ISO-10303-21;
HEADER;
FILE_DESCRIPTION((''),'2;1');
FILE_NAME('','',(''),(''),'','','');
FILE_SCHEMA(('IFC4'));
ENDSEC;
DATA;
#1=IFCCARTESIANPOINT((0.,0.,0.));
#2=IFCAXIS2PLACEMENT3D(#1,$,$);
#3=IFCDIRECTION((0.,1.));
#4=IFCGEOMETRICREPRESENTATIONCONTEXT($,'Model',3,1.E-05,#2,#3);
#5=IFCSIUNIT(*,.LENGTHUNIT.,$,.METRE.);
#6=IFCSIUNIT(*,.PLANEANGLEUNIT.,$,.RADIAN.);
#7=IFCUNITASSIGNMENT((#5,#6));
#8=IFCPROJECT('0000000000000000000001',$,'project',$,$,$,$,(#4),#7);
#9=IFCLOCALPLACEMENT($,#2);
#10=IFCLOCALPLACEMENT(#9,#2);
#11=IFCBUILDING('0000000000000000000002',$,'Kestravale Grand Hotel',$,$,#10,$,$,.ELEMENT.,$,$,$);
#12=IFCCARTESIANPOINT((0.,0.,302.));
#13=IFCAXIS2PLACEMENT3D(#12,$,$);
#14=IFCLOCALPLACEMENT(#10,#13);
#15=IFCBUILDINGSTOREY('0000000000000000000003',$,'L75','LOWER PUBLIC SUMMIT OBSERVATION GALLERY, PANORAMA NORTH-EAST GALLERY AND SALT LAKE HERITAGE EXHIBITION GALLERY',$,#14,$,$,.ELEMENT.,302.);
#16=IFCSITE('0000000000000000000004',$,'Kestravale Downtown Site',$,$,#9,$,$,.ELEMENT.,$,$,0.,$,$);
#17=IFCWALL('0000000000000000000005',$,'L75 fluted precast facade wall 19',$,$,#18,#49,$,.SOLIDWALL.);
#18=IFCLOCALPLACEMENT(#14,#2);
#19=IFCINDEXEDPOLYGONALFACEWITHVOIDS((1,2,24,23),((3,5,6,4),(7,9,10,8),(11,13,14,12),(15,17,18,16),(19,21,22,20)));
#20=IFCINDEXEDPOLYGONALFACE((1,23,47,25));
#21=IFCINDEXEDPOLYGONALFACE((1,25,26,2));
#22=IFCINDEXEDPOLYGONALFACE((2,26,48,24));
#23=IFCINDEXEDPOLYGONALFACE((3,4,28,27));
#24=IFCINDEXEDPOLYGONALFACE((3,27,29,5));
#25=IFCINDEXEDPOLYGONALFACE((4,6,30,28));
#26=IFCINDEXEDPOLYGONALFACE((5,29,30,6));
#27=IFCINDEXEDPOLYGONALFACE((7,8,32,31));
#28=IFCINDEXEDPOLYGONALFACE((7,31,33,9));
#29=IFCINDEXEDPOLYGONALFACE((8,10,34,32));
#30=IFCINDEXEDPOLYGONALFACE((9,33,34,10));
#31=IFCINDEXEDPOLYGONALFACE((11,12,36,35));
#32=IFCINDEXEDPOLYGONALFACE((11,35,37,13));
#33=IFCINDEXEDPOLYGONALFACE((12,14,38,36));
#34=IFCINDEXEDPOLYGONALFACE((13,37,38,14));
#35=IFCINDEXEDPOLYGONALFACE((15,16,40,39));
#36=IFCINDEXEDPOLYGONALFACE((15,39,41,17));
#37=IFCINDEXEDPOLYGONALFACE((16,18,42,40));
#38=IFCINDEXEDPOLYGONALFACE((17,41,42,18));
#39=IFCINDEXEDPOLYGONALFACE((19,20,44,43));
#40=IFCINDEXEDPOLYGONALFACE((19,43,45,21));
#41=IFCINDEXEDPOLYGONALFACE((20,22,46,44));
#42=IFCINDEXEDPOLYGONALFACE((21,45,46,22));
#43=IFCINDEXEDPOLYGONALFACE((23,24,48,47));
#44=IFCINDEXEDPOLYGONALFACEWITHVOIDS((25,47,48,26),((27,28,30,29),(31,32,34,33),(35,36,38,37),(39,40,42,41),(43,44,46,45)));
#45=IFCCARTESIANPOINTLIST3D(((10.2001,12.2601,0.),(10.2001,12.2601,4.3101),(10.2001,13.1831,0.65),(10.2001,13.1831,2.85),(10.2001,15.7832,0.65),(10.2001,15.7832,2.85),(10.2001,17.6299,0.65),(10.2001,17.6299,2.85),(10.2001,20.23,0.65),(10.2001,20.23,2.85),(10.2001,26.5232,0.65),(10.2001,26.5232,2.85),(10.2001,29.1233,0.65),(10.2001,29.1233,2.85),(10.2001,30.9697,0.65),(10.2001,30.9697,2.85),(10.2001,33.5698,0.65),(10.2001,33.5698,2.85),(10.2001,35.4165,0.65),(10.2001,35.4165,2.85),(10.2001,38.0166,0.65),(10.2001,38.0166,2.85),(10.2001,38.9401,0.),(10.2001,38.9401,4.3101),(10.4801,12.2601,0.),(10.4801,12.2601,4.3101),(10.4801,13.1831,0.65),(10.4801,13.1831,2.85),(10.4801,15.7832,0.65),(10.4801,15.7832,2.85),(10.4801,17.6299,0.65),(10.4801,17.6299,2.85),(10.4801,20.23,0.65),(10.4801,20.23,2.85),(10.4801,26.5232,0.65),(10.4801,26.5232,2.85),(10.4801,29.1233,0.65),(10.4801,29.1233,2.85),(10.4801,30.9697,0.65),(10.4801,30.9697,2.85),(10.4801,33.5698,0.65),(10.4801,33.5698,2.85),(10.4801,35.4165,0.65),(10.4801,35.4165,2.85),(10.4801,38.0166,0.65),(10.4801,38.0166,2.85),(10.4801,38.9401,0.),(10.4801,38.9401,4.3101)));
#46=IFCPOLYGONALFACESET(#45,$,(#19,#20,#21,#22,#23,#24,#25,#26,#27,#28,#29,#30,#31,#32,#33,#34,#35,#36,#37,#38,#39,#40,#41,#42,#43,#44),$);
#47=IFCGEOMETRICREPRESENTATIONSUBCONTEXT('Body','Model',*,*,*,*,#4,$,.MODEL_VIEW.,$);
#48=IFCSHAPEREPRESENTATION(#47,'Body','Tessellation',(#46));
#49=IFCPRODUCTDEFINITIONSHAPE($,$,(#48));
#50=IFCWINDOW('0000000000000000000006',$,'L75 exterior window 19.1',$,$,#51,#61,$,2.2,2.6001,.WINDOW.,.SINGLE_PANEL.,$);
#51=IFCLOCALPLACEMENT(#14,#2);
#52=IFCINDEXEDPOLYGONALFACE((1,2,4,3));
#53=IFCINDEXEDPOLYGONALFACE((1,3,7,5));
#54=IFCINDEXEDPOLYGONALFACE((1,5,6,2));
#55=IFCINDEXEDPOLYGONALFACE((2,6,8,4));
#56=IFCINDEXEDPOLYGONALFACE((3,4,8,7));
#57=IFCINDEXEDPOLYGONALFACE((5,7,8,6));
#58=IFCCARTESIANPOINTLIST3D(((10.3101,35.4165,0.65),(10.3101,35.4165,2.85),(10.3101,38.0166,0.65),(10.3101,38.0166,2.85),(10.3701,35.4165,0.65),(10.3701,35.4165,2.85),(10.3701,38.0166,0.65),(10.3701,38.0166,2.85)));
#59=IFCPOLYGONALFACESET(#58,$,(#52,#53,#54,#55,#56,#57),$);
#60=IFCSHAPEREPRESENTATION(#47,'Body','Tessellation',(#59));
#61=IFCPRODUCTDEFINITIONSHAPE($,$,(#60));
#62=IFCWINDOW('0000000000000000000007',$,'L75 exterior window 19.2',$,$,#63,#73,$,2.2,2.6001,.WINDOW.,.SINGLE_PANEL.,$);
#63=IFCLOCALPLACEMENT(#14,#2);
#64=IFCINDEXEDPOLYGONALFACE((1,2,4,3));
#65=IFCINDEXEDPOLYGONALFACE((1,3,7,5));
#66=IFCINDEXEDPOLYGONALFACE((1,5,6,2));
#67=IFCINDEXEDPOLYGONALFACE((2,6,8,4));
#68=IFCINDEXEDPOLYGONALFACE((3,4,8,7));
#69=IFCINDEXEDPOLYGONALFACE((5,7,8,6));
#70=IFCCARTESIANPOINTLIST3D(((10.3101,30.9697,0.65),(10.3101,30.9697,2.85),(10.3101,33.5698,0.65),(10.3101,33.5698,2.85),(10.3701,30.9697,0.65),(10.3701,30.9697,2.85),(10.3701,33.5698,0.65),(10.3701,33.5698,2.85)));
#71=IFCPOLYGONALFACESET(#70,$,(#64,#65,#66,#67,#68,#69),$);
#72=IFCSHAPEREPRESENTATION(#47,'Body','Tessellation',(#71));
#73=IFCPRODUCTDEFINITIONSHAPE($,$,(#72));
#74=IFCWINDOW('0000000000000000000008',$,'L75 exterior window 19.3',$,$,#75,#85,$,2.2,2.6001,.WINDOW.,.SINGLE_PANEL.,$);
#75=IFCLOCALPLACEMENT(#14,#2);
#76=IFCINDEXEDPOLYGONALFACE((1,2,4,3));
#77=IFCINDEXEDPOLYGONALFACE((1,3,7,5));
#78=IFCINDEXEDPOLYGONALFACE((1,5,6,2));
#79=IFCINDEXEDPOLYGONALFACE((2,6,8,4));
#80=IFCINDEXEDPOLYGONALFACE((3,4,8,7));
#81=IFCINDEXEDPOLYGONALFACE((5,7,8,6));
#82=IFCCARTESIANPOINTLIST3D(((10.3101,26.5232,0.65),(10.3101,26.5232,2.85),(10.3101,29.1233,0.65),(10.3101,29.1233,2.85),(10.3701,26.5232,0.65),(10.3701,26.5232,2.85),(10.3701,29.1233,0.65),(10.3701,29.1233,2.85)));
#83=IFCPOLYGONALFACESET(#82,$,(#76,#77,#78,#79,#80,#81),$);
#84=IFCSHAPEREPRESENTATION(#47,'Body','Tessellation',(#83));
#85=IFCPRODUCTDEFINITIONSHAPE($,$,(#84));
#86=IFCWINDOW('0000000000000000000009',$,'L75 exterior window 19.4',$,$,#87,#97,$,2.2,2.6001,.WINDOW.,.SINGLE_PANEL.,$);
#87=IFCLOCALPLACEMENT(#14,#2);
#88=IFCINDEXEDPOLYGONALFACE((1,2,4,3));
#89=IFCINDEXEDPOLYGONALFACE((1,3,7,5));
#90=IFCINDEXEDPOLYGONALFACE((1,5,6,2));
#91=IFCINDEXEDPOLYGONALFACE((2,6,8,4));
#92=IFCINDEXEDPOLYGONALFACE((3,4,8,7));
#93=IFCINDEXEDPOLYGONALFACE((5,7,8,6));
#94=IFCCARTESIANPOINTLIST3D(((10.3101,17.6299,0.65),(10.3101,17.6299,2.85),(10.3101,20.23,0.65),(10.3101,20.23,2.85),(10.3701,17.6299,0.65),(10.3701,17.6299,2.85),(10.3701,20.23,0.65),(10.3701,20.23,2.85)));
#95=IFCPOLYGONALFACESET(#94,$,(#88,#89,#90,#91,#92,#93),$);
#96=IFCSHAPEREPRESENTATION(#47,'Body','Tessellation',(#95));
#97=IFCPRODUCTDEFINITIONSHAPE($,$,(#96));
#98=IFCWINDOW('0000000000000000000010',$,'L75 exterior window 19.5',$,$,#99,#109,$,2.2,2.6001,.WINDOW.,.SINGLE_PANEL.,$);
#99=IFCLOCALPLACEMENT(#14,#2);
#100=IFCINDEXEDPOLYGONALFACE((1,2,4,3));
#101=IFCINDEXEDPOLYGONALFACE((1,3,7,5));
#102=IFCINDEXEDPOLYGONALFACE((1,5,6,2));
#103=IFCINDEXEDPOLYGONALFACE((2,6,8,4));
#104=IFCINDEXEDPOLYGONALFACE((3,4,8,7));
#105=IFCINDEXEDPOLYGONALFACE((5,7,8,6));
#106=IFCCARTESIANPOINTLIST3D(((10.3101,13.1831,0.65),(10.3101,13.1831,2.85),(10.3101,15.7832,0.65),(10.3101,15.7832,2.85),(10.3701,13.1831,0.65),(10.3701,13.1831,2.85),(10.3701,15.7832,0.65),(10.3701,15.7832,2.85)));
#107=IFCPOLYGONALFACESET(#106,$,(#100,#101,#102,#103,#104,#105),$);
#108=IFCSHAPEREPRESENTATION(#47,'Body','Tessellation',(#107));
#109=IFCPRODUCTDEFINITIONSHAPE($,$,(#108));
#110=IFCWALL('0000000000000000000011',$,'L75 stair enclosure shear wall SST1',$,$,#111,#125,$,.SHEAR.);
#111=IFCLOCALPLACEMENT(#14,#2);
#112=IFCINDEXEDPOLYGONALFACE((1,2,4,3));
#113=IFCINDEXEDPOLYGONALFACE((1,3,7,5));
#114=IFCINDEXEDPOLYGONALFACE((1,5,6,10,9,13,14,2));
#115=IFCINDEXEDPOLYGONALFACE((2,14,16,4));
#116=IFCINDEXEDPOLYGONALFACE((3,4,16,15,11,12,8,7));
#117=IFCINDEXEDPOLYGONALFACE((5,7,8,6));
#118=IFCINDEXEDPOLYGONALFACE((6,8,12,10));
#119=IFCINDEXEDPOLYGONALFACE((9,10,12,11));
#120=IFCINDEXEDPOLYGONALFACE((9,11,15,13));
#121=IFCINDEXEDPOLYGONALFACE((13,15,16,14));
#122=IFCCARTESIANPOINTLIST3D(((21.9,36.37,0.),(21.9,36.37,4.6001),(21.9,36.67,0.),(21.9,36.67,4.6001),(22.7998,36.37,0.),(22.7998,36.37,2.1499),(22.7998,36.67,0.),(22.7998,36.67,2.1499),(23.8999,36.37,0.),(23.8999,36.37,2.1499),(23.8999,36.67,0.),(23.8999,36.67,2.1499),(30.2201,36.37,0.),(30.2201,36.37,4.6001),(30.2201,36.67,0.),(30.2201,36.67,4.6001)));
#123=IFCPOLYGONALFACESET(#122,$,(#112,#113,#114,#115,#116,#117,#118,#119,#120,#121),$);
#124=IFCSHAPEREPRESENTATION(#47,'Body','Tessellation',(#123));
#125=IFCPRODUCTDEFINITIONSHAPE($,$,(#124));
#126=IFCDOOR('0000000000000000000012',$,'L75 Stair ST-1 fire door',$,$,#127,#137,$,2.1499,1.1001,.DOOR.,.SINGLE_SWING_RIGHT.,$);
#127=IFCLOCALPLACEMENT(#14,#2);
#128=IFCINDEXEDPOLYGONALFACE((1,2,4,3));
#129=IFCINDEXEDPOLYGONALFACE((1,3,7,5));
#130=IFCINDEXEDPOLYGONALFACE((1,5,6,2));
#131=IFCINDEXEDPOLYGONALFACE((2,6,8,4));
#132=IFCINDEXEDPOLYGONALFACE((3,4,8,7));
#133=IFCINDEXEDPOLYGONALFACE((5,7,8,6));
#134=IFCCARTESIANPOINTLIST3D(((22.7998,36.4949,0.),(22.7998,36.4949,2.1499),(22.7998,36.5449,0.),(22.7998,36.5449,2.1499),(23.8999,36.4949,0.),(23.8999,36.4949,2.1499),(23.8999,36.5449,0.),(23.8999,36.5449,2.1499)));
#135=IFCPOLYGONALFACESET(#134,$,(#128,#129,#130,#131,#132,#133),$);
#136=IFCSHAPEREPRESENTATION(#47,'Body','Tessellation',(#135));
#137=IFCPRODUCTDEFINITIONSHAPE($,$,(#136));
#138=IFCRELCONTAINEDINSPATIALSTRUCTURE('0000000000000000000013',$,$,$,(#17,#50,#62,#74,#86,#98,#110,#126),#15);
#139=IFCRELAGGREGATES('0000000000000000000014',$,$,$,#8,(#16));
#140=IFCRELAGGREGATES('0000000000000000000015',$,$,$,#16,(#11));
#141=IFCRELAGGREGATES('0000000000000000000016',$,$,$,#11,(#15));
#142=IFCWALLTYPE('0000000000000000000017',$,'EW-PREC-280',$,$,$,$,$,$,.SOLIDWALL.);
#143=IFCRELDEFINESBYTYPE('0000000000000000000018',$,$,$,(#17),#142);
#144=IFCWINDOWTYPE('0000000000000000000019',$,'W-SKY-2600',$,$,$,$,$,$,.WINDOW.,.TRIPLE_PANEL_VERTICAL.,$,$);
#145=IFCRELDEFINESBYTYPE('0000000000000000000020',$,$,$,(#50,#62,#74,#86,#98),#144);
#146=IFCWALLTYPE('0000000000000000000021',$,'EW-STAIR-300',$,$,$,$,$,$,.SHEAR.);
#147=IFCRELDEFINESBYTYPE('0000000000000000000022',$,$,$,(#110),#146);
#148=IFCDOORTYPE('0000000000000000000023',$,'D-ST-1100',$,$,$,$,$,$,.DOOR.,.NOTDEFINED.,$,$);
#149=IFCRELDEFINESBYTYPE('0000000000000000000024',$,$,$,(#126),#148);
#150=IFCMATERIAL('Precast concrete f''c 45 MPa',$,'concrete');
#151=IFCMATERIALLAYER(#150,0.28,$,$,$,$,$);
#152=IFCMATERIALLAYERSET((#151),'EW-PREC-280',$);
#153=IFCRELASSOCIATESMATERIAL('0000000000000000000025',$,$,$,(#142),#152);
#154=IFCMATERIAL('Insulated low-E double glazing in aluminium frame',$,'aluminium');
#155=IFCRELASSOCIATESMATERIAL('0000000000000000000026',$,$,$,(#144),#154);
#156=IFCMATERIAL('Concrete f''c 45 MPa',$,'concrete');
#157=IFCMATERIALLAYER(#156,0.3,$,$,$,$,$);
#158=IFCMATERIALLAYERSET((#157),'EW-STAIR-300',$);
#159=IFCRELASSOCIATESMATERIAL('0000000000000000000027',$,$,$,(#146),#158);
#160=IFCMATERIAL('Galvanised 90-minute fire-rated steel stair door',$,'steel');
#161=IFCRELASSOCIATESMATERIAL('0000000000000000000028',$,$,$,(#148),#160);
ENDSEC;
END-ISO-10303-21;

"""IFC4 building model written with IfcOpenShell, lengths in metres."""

from ifc_helpers import new_model, si_unit, direction, frame, frame_2d, origin, place, context, subcontext, project, spatial, rectangle, extrude, material, layer, layer_set, type_object, element, fill, save


model = new_model("IFC4")

# Units and contexts
model_context = context("Model", 3, precision=1e-05, world=origin(), true_north=direction((0.0, 1.0)))
body_context = subcontext(model_context, "Body", "Model", "MODEL_VIEW")
ifc_project = project(units=[si_unit("LENGTHUNIT", "METRE"), si_unit("PLANEANGLEUNIT", "RADIAN")], contexts=[model_context])

# Site, building, storey
site_placement = place(None, origin())
site = spatial("IfcSite", under=ifc_project, at=site_placement, Name="Kestravale Downtown Site", CompositionType="ELEMENT", RefElevation=0.0)
building_placement = place(site_placement, origin())
building = spatial("IfcBuilding", under=site, at=building_placement, Name="Kestravale Grand Hotel", CompositionType="ELEMENT")
storey_placement = place(building_placement, frame((0.0, 0.0, 302.0)))
storey = spatial("IfcBuildingStorey", under=building, at=storey_placement, Name="L75", Description="LOWER PUBLIC SUMMIT OBSERVATION GALLERY, PANORAMA NORTH-EAST GALLERY AND SALT LAKE HERITAGE EXHIBITION GALLERY", CompositionType="ELEMENT", Elevation=302.0)

# Shared definitions
ifc_material_1 = material(Name="Precast concrete f'c 45 MPa", Category="concrete")
ifc_layer_1 = layer(ifc_material_1, 0.28)
ifc_layer_set_1 = layer_set([ifc_layer_1], Name="EW-PREC-280")
wall_type_1 = type_object("IfcWallType", Name="EW-PREC-280", PredefinedType="SOLIDWALL", material=ifc_layer_set_1)

# Wall, openings, windows
wall_1_placement = place(storey_placement, frame((10.3401, 38.9399, 0.0), z_axis=(0.0, 0.0, 1.0), x_axis=(0.0, -1.0, 0.0)))
wall_1 = element("IfcWall", 1, at=wall_1_placement, inside=storey, type_object=wall_type_1, Name="L75 fluted precast facade wall 19", PredefinedType="SOLIDWALL", context=body_context, shape_type="SweptSolid", body=[
    extrude(rectangle(XDim=26.6799, YDim=0.28, at=frame_2d((13.3398, 0.0))), origin(), (0.0, 0.0, 1.0), 4.3101),
])
opening_1_placement = place(wall_1_placement, frame((0.9233, 0.0, 0.6499)))
opening_1 = element("IfcOpeningElement", 2, at=opening_1_placement, cuts=wall_1, PredefinedType="OPENING", context=body_context, shape_type="SweptSolid", body=[
    extrude(rectangle(XDim=2.6001, YDim=2.2, at=frame_2d((1.3, 1.1001))), frame((0.0, 0.1499, 0.0), z_axis=(0.0, -1.0, 0.0), x_axis=(1.0, 0.0, 0.0)), (0.0, 0.0, 1.0), 0.3),
])
opening_2_placement = place(wall_1_placement, frame((5.3701, 0.0, 0.6499)))
opening_2 = element("IfcOpeningElement", 3, at=opening_2_placement, cuts=wall_1, PredefinedType="OPENING", context=body_context, shape_type="SweptSolid", body=[
    extrude(rectangle(XDim=2.6001, YDim=2.2, at=frame_2d((1.3, 1.1001))), frame((0.0, 0.1499, 0.0), z_axis=(0.0, -1.0, 0.0), x_axis=(1.0, 0.0, 0.0)), (0.0, 0.0, 1.0), 0.3),
])
opening_3_placement = place(wall_1_placement, frame((9.8167, 0.0, 0.6499)))
opening_3 = element("IfcOpeningElement", 4, at=opening_3_placement, cuts=wall_1, PredefinedType="OPENING", context=body_context, shape_type="SweptSolid", body=[
    extrude(rectangle(XDim=2.6001, YDim=2.2, at=frame_2d((1.3, 1.1001))), frame((0.0, 0.1499, 0.0), z_axis=(0.0, -1.0, 0.0), x_axis=(1.0, 0.0, 0.0)), (0.0, 0.0, 1.0), 0.3),
])
opening_4_placement = place(wall_1_placement, frame((18.71, 0.0, 0.6499)))
opening_4 = element("IfcOpeningElement", 5, at=opening_4_placement, cuts=wall_1, PredefinedType="OPENING", context=body_context, shape_type="SweptSolid", body=[
    extrude(rectangle(XDim=2.6001, YDim=2.2, at=frame_2d((1.3, 1.1001))), frame((0.0, 0.1499, 0.0), z_axis=(0.0, -1.0, 0.0), x_axis=(1.0, 0.0, 0.0)), (0.0, 0.0, 1.0), 0.3),
])
opening_5_placement = place(wall_1_placement, frame((23.1567, 0.0, 0.6499)))
opening_5 = element("IfcOpeningElement", 6, at=opening_5_placement, cuts=wall_1, PredefinedType="OPENING", context=body_context, shape_type="SweptSolid", body=[
    extrude(rectangle(XDim=2.6001, YDim=2.2, at=frame_2d((1.3, 1.1001))), frame((0.0, 0.1499, 0.0), z_axis=(0.0, -1.0, 0.0), x_axis=(1.0, 0.0, 0.0)), (0.0, 0.0, 1.0), 0.3),
])
ifc_material_2 = material(Name="Insulated low-E double glazing in aluminium frame", Category="aluminium")
window_type = type_object("IfcWindowType", Name="W-SKY-2600", PartitioningType="TRIPLE_PANEL_VERTICAL", PredefinedType="WINDOW", material=ifc_material_2)
window_1_placement = place(opening_1_placement, origin())
window_1 = element("IfcWindow", 7, at=window_1_placement, inside=storey, type_object=window_type, Name="L75 exterior window 19.1", OverallHeight=2.2, OverallWidth=2.6001, PartitioningType="SINGLE_PANEL", PredefinedType="WINDOW", context=body_context, shape_type="SweptSolid", body=[
    extrude(rectangle(XDim=2.6001, YDim=2.2, at=frame_2d((1.3, 1.1001))), frame((0.0, 0.03, 0.0), z_axis=(0.0, -1.0, 0.0), x_axis=(1.0, 0.0, 0.0)), (0.0, 0.0, 1.0), 0.0601),
])
fill(opening_1, window_1)
window_2_placement = place(opening_2_placement, origin())
window_2 = element("IfcWindow", 8, at=window_2_placement, inside=storey, type_object=window_type, Name="L75 exterior window 19.2", OverallHeight=2.2, OverallWidth=2.6001, PartitioningType="SINGLE_PANEL", PredefinedType="WINDOW", context=body_context, shape_type="SweptSolid", body=[
    extrude(rectangle(XDim=2.6001, YDim=2.2, at=frame_2d((1.3, 1.1001))), frame((0.0, 0.03, 0.0), z_axis=(0.0, -1.0, 0.0), x_axis=(1.0, 0.0, 0.0)), (0.0, 0.0, 1.0), 0.0601),
])
fill(opening_2, window_2)
window_3_placement = place(opening_3_placement, origin())
window_3 = element("IfcWindow", 9, at=window_3_placement, inside=storey, type_object=window_type, Name="L75 exterior window 19.3", OverallHeight=2.2, OverallWidth=2.6001, PartitioningType="SINGLE_PANEL", PredefinedType="WINDOW", context=body_context, shape_type="SweptSolid", body=[
    extrude(rectangle(XDim=2.6001, YDim=2.2, at=frame_2d((1.3, 1.1001))), frame((0.0, 0.03, 0.0), z_axis=(0.0, -1.0, 0.0), x_axis=(1.0, 0.0, 0.0)), (0.0, 0.0, 1.0), 0.0601),
])
fill(opening_3, window_3)
window_4_placement = place(opening_4_placement, origin())
window_4 = element("IfcWindow", 10, at=window_4_placement, inside=storey, type_object=window_type, Name="L75 exterior window 19.4", OverallHeight=2.2, OverallWidth=2.6001, PartitioningType="SINGLE_PANEL", PredefinedType="WINDOW", context=body_context, shape_type="SweptSolid", body=[
    extrude(rectangle(XDim=2.6001, YDim=2.2, at=frame_2d((1.3, 1.1001))), frame((0.0, 0.03, 0.0), z_axis=(0.0, -1.0, 0.0), x_axis=(1.0, 0.0, 0.0)), (0.0, 0.0, 1.0), 0.0601),
])
fill(opening_4, window_4)
window_5_placement = place(opening_5_placement, origin())
window_5 = element("IfcWindow", 11, at=window_5_placement, inside=storey, type_object=window_type, Name="L75 exterior window 19.5", OverallHeight=2.2, OverallWidth=2.6001, PartitioningType="SINGLE_PANEL", PredefinedType="WINDOW", context=body_context, shape_type="SweptSolid", body=[
    extrude(rectangle(XDim=2.6001, YDim=2.2, at=frame_2d((1.3, 1.1001))), frame((0.0, 0.03, 0.0), z_axis=(0.0, -1.0, 0.0), x_axis=(1.0, 0.0, 0.0)), (0.0, 0.0, 1.0), 0.0601),
])
fill(opening_5, window_5)

# Wall, opening, door
ifc_material_3 = material(Name="Concrete f'c 45 MPa", Category="concrete")
ifc_layer_2 = layer(ifc_material_3, 0.3)
ifc_layer_set_2 = layer_set([ifc_layer_2], Name="EW-STAIR-300")
wall_type_2 = type_object("IfcWallType", Name="EW-STAIR-300", PredefinedType="SHEAR", material=ifc_layer_set_2)
wall_2_placement = place(storey_placement, frame((21.8999, 36.52, 0.0), z_axis=(0.0, 0.0, 1.0), x_axis=(1.0, 0.0, 0.0)))
wall_2 = element("IfcWall", 12, at=wall_2_placement, inside=storey, type_object=wall_type_2, Name="L75 stair enclosure shear wall SST1", PredefinedType="SHEAR", context=body_context, shape_type="SweptSolid", body=[
    extrude(rectangle(XDim=8.3201, YDim=0.3, at=frame_2d((4.1602, 0.0))), origin(), (0.0, 0.0, 1.0), 4.6001),
])
opening_6_placement = place(wall_2_placement, frame((0.8999, 0.0, 0.0)))
opening_6 = element("IfcOpeningElement", 13, at=opening_6_placement, cuts=wall_2, PredefinedType="OPENING", context=body_context, shape_type="SweptSolid", body=[
    extrude(rectangle(XDim=1.1001, YDim=2.1499, at=frame_2d((0.55, 1.075))), frame((0.0, 0.1599, 0.0), z_axis=(0.0, -1.0, 0.0), x_axis=(1.0, 0.0, 0.0)), (0.0, 0.0, 1.0), 0.3201),
])
ifc_material_4 = material(Name="Galvanised 90-minute fire-rated steel stair door", Category="steel")
door_type_1 = type_object("IfcDoorType", Name="D-ST-1100", OperationType="NOTDEFINED", PredefinedType="DOOR", material=ifc_material_4)
door_1_placement = place(opening_6_placement, origin())
door_1 = element("IfcDoor", 14, at=door_1_placement, inside=storey, type_object=door_type_1, Name="L75 Stair ST-1 fire door", OperationType="SINGLE_SWING_RIGHT", OverallHeight=2.1499, OverallWidth=1.1001, PredefinedType="DOOR", context=body_context, shape_type="SweptSolid", body=[
    extrude(rectangle(XDim=1.1001, YDim=2.1499, at=frame_2d((0.55, 1.075))), frame((0.0, 0.0249, 0.0), z_axis=(0.0, -1.0, 0.0), x_axis=(1.0, 0.0, 0.0)), (0.0, 0.0, 1.0), 0.05),
])
fill(opening_6, door_1)

save(model, "model.ifc")
